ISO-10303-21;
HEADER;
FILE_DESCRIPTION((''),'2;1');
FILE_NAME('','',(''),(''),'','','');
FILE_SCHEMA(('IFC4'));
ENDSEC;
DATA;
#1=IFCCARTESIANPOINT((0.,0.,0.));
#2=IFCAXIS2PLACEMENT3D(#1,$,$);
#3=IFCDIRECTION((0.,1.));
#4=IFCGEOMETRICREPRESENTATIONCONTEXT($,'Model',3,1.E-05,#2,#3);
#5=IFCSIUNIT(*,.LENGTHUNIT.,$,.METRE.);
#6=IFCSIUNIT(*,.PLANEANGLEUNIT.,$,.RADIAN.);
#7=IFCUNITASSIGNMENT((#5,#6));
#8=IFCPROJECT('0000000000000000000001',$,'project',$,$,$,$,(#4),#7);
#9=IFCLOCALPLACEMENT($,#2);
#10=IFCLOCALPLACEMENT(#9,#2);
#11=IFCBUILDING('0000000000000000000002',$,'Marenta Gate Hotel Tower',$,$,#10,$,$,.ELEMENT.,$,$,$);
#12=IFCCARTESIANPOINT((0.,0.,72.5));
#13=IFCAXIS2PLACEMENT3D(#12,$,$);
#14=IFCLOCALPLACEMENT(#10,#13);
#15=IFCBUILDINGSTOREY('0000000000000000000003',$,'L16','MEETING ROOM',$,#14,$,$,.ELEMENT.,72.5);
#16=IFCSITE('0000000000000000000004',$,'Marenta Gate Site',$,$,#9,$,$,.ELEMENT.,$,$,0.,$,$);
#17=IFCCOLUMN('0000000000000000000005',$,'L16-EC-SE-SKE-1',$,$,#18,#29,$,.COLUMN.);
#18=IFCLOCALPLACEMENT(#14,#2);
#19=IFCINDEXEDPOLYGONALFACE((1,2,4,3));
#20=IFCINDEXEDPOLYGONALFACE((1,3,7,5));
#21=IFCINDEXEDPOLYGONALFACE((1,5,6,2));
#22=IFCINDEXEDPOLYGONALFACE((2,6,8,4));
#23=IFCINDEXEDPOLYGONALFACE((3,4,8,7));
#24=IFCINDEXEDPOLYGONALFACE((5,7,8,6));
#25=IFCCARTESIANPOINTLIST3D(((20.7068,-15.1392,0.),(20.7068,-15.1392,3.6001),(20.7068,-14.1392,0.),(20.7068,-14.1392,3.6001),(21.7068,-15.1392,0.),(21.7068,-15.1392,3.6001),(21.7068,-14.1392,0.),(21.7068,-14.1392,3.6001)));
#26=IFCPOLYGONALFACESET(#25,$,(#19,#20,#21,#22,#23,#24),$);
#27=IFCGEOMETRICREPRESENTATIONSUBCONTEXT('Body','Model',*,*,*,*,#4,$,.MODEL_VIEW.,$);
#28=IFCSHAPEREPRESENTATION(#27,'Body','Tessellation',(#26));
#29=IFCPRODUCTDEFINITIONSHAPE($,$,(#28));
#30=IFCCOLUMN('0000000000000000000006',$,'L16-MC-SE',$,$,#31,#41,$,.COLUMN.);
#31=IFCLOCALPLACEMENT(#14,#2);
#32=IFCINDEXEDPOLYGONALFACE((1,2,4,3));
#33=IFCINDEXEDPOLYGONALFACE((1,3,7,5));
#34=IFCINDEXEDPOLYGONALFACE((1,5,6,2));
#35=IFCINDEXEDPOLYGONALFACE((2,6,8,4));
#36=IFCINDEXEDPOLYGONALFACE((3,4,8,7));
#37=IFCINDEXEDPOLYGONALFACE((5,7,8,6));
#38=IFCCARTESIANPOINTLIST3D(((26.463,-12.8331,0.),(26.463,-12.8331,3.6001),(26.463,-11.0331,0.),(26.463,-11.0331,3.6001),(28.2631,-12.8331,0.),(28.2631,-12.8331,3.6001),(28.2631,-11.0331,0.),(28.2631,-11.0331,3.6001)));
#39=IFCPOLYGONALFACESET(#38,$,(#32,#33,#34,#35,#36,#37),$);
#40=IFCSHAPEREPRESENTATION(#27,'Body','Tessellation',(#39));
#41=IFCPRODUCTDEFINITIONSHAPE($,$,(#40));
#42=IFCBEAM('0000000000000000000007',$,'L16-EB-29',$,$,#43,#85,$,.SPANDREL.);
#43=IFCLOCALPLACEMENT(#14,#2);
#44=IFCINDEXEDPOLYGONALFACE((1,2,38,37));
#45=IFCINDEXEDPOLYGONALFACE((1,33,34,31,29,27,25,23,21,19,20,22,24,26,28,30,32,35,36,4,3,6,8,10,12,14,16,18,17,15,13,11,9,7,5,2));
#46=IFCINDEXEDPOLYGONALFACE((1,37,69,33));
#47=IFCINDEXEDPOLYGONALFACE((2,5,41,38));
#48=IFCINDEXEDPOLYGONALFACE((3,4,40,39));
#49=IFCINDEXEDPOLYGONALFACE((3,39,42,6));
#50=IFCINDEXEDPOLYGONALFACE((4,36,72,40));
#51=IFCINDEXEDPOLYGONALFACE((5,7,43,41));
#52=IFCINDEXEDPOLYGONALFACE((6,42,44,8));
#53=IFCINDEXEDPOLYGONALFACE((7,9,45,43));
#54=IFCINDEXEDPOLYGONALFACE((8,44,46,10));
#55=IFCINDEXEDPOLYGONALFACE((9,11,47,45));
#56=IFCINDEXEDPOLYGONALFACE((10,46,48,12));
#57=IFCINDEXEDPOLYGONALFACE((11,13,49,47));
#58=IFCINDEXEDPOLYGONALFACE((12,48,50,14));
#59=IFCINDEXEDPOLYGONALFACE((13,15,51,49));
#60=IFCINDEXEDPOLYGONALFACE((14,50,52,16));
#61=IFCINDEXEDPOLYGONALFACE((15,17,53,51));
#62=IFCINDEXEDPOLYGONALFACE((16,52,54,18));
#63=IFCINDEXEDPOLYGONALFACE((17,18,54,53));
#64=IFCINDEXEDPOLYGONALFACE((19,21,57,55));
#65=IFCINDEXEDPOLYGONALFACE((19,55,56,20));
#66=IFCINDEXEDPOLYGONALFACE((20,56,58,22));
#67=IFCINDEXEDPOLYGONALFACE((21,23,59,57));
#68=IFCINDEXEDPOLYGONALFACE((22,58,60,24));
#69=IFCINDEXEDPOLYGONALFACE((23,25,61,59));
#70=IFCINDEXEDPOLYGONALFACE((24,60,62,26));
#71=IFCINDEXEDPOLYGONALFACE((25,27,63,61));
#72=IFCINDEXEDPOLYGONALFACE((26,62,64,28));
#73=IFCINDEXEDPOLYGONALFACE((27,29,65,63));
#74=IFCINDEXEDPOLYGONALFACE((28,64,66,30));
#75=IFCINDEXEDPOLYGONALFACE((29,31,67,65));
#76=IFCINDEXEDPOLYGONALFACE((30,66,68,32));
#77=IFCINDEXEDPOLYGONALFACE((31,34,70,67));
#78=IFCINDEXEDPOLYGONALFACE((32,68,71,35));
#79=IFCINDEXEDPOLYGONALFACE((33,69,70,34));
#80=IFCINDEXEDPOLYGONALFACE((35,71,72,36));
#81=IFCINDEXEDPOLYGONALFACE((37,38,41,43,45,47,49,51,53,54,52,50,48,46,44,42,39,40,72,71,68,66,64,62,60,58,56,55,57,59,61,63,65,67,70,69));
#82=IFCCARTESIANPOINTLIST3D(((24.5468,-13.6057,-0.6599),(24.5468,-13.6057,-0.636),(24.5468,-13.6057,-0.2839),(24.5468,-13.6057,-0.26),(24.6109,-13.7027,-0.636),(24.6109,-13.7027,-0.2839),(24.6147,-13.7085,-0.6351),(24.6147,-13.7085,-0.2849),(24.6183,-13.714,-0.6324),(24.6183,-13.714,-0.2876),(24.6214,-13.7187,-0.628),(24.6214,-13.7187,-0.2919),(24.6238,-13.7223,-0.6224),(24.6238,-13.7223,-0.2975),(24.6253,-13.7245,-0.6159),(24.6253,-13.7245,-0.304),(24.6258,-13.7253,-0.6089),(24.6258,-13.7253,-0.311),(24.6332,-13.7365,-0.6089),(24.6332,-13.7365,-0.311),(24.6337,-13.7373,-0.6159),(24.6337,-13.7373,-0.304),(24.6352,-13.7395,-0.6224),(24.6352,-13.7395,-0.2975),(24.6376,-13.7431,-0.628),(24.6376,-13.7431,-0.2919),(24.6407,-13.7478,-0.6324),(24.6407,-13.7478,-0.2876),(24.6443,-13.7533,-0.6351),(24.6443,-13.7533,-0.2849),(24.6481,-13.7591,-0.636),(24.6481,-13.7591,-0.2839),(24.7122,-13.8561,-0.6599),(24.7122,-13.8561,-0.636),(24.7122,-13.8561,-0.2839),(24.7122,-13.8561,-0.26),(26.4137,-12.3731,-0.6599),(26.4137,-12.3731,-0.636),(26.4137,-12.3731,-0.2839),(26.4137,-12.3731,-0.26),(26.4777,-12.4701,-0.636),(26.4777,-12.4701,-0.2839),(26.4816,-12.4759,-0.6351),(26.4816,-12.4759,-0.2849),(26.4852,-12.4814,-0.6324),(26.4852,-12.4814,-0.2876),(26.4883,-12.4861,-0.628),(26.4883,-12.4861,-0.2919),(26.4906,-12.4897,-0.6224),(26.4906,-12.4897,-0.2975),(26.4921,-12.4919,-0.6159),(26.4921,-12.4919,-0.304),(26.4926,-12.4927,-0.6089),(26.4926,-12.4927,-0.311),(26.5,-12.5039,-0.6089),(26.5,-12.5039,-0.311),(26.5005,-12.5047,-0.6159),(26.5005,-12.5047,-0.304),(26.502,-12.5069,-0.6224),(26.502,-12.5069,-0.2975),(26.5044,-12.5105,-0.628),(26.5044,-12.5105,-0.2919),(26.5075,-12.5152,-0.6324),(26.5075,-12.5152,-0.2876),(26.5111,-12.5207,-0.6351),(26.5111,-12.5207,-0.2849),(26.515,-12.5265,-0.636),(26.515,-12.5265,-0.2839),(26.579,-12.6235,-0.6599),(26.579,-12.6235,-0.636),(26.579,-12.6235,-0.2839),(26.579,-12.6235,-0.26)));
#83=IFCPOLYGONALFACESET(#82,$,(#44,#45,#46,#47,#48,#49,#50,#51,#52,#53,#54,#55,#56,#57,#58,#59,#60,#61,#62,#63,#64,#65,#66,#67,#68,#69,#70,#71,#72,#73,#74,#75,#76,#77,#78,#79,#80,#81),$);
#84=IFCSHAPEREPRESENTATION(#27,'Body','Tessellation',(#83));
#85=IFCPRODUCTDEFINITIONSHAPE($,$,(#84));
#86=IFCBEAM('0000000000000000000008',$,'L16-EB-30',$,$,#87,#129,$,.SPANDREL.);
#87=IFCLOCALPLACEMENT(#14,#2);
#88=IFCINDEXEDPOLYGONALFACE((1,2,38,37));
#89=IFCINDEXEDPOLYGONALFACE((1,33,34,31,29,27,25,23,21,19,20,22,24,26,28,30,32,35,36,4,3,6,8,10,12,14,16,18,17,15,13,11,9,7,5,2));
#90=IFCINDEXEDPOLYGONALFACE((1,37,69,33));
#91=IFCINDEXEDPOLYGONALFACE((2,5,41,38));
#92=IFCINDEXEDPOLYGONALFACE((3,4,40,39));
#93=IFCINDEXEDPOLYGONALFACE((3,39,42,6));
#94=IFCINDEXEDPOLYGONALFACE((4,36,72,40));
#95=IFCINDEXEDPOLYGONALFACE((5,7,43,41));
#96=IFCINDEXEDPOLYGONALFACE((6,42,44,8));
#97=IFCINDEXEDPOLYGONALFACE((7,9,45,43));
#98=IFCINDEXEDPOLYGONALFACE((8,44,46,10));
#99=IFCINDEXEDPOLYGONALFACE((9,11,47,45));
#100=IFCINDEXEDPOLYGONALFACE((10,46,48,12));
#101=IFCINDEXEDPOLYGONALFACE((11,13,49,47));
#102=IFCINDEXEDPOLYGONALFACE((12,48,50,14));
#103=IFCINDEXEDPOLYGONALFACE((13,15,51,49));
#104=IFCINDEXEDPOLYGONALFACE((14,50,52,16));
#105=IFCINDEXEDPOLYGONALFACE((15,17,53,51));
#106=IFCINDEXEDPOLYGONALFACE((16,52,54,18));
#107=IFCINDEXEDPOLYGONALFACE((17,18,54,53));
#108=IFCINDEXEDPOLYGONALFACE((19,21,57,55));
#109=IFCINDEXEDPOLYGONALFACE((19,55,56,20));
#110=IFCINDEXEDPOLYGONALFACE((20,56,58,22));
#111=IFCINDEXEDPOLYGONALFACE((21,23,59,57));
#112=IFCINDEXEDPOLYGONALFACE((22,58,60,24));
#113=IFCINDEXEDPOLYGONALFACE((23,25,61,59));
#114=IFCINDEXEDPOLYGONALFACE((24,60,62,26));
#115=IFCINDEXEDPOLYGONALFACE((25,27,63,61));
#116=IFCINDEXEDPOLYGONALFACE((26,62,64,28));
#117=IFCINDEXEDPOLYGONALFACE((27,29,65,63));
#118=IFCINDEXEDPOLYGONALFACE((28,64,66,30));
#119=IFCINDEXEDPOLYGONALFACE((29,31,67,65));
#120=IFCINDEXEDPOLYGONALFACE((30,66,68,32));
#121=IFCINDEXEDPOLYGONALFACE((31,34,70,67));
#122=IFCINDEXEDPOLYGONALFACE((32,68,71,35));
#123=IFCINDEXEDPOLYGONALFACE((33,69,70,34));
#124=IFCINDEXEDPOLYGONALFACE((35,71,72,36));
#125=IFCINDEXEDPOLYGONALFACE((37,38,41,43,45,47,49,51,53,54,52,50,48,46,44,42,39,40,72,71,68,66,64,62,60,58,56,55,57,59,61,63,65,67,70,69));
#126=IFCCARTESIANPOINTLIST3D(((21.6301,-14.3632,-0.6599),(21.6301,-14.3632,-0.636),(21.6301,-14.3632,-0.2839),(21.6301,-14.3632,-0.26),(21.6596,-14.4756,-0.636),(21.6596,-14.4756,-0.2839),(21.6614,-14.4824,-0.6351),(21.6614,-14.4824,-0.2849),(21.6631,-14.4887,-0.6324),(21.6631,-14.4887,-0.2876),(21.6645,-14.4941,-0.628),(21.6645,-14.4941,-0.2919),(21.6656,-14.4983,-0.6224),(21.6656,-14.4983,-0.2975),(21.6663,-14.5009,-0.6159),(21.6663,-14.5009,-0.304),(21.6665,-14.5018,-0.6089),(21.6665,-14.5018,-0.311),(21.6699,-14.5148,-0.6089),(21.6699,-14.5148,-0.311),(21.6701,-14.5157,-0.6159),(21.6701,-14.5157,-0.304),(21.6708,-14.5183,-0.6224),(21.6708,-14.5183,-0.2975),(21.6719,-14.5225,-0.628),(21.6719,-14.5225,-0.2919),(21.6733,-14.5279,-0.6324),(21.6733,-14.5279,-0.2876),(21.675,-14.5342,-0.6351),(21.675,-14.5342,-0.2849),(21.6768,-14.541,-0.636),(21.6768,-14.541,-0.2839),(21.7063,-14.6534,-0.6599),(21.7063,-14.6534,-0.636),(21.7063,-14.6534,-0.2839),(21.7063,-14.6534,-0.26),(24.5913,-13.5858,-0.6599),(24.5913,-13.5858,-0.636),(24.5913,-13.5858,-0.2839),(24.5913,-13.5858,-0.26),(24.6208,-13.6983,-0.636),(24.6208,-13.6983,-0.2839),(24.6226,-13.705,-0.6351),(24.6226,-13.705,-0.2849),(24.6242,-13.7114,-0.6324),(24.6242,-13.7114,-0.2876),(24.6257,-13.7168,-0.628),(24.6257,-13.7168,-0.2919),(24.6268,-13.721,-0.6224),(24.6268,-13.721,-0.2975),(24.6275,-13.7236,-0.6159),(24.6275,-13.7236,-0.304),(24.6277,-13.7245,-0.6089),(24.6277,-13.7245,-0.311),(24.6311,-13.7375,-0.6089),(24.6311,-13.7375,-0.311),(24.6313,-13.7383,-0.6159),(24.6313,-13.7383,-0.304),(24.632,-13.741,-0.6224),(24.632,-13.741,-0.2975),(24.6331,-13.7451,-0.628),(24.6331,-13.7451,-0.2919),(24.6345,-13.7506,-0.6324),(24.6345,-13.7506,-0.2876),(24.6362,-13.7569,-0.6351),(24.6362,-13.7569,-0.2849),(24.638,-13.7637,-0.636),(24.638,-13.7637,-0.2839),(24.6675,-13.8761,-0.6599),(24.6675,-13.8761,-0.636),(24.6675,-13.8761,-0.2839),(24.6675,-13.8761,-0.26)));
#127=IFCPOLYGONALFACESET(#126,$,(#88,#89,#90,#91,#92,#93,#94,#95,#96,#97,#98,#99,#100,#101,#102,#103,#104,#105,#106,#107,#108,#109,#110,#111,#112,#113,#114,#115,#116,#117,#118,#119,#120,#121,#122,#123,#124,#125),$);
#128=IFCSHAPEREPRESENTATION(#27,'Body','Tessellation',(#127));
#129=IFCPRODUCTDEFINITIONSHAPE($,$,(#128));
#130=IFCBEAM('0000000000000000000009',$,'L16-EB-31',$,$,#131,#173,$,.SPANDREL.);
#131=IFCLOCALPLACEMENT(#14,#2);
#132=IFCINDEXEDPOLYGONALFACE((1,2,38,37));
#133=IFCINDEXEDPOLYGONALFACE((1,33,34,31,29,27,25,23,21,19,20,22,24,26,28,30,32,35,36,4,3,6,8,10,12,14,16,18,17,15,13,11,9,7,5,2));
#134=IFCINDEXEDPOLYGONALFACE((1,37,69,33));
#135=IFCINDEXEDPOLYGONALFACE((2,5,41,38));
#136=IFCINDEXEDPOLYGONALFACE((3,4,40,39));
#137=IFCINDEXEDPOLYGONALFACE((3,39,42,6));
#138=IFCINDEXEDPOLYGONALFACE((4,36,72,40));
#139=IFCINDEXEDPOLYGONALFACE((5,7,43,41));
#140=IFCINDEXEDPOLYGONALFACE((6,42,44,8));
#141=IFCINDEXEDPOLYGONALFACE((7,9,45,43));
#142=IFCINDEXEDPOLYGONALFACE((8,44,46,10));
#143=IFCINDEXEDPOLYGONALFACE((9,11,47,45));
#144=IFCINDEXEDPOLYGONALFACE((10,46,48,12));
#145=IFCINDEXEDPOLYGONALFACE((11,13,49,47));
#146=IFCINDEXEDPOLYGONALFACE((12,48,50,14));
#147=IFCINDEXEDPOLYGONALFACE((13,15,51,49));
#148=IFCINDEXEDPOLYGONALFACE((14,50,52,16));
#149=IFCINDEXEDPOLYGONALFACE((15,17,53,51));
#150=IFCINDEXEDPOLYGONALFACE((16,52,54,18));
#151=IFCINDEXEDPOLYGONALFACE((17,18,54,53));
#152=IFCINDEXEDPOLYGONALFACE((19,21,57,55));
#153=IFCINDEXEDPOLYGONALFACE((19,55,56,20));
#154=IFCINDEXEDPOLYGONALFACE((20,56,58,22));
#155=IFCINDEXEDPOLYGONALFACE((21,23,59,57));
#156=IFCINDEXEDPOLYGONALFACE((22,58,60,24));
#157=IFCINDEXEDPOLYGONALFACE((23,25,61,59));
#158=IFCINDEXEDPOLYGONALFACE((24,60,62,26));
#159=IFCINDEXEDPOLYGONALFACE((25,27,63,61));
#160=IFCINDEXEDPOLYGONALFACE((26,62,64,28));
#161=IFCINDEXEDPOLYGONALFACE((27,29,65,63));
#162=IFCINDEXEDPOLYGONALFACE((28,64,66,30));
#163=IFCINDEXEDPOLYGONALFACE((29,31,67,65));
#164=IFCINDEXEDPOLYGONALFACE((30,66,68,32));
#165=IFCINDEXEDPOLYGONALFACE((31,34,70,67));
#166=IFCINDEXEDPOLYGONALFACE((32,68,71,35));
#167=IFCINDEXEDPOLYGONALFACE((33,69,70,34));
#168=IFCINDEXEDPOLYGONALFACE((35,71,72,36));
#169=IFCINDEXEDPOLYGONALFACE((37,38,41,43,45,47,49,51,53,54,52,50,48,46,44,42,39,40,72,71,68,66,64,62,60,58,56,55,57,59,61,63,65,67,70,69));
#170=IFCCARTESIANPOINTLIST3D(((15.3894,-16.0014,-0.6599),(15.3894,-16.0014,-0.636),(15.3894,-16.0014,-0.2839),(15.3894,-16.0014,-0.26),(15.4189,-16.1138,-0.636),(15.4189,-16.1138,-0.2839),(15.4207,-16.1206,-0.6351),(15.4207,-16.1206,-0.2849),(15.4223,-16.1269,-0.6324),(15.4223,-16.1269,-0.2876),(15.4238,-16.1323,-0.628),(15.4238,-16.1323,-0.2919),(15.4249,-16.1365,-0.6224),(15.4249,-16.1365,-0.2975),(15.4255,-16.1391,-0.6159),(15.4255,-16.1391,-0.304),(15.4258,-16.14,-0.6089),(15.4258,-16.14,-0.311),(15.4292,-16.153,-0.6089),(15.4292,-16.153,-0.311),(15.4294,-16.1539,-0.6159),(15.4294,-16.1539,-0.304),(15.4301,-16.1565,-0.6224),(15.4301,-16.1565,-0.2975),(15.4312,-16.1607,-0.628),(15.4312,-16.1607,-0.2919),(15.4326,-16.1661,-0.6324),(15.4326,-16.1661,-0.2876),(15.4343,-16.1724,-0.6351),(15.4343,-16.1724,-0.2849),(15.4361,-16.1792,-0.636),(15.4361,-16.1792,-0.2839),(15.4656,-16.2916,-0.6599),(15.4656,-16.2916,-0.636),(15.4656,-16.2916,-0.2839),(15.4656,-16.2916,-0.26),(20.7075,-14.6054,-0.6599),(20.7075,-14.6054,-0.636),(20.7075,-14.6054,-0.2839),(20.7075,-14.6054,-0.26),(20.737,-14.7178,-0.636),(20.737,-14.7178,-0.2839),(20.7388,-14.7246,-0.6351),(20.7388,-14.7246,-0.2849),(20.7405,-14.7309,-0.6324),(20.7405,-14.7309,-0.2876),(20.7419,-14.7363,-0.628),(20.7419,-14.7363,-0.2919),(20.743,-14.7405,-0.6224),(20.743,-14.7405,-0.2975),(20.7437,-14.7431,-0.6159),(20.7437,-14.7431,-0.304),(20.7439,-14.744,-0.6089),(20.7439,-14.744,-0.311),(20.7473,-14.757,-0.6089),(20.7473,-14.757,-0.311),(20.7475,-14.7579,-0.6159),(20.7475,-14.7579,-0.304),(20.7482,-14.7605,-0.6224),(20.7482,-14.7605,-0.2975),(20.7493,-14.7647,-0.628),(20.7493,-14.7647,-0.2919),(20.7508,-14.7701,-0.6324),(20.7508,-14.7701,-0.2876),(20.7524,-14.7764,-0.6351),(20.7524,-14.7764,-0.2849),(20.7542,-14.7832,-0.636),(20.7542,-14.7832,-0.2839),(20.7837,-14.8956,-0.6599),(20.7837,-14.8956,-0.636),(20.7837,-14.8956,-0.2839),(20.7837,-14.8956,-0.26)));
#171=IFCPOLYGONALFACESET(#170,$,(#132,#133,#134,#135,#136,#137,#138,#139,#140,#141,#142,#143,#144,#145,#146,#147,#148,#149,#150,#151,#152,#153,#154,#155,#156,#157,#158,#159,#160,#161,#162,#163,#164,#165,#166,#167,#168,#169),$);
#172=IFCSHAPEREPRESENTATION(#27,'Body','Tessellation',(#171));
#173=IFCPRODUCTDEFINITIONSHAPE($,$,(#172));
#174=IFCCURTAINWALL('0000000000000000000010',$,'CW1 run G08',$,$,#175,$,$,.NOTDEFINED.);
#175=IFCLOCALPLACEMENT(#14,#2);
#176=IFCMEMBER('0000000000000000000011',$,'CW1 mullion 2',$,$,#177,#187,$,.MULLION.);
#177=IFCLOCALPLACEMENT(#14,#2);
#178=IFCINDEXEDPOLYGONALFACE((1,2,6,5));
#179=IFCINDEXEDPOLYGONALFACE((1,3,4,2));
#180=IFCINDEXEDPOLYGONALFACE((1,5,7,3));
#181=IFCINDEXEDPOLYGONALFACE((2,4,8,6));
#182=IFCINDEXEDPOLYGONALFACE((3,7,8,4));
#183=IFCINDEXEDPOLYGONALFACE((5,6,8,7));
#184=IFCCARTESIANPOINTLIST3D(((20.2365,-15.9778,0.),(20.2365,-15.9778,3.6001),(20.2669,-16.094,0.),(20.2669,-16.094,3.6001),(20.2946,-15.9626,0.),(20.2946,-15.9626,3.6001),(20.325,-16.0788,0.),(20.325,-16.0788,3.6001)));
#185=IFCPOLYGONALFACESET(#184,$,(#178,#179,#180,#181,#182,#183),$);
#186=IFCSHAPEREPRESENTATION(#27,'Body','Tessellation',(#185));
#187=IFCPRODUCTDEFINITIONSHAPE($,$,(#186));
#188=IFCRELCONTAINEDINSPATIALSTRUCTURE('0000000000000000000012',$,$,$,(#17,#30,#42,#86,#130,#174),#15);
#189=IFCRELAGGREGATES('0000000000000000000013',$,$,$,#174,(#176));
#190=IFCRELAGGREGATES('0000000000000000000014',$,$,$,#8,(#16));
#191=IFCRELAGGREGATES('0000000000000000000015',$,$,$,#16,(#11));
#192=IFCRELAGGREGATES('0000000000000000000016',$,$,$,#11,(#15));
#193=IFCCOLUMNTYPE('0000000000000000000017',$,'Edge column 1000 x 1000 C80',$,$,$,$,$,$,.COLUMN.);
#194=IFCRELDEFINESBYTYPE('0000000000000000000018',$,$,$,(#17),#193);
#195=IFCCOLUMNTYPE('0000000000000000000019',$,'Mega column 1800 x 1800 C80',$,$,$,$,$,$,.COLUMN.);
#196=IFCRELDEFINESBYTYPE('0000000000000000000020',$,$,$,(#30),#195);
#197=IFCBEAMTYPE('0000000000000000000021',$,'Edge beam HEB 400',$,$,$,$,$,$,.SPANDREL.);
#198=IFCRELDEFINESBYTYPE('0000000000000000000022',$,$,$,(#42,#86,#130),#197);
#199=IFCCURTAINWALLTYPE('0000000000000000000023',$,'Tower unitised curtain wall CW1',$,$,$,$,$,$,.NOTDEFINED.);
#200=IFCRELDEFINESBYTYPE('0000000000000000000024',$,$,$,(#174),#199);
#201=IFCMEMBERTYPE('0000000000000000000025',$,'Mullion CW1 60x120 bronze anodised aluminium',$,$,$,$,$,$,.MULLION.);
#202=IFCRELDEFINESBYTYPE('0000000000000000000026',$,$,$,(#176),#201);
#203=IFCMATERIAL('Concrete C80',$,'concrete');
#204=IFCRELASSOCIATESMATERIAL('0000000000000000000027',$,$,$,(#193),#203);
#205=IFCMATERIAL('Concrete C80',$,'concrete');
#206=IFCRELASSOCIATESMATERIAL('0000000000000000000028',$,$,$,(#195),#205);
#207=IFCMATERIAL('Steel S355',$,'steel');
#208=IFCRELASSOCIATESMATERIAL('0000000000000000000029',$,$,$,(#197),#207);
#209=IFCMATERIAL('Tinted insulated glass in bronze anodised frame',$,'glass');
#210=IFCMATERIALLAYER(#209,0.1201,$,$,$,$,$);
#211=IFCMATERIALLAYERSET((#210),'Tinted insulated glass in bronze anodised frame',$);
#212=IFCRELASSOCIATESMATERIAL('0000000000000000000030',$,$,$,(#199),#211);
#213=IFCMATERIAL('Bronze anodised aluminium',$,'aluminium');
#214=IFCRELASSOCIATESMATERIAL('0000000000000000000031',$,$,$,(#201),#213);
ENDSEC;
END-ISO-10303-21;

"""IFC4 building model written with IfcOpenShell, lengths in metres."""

from ifc_helpers import new_model, si_unit, direction, frame, origin, origin_2d, place, context, subcontext, project, spatial, rectangle, i_section, extrude, material, layer, layer_set, material_profile, profile_set, type_object, element, aggregate, save


model = new_model("IFC4")

# Units and contexts
model_context = context("Model", 3, precision=1e-05, world=origin(), true_north=direction((0.0, 1.0)))
body_context = subcontext(model_context, "Body", "Model", "MODEL_VIEW")
ifc_project = project(units=[si_unit("LENGTHUNIT", "METRE"), si_unit("PLANEANGLEUNIT", "RADIAN")], contexts=[model_context])

# Site, building, storey
site_placement = place(None, origin())
site = spatial("IfcSite", under=ifc_project, at=site_placement, Name="Marenta Gate Site", CompositionType="ELEMENT", RefElevation=0.0)
building_placement = place(site_placement, origin())
building = spatial("IfcBuilding", under=site, at=building_placement, Name="Marenta Gate Hotel Tower", CompositionType="ELEMENT")
storey_placement = place(building_placement, frame((0.0, 0.0, 72.5)))
storey = spatial("IfcBuildingStorey", under=building, at=storey_placement, Name="L16", Description="MEETING ROOM", CompositionType="ELEMENT", Elevation=72.5)

# Columns
ifc_material_1 = material(Name="Concrete C80", Category="concrete")
ifc_material_profile_1 = material_profile(ifc_material_1, rectangle(XDim=1.0, YDim=1.0, at=origin_2d()), Name="1000 x 1000")
ifc_profile_set_1 = profile_set([ifc_material_profile_1], Name="Concrete C80")
column_type_1 = type_object("IfcColumnType", Name="Edge column 1000 x 1000 C80", PredefinedType="COLUMN", material=ifc_profile_set_1)
column_1_placement = place(storey_placement, frame((21.2068, -14.6392, 0.0), z_axis=(0.0, 0.0, 1.0), x_axis=(1.0, 0.0, 0.0)))
element("IfcColumn", 1, at=column_1_placement, inside=storey, type_object=column_type_1, Name="L16-EC-SE-SKE-1", PredefinedType="COLUMN", context=body_context, shape_type="SweptSolid", body=[
    extrude(rectangle(XDim=1.0, YDim=1.0, at=origin_2d()), origin(), (0.0, 0.0, 1.0), 3.6001),
])
ifc_material_2 = material(Name="Concrete C80", Category="concrete")
ifc_material_profile_2 = material_profile(ifc_material_2, rectangle(XDim=1.8, YDim=1.8, at=origin_2d()), Name="1800 x 1800")
ifc_profile_set_2 = profile_set([ifc_material_profile_2], Name="Concrete C80")
column_type_2 = type_object("IfcColumnType", Name="Mega column 1800 x 1800 C80", PredefinedType="COLUMN", material=ifc_profile_set_2)
column_2_placement = place(storey_placement, frame((27.363, -11.9331, 0.0), z_axis=(0.0, 0.0, 1.0), x_axis=(1.0, 0.0, 0.0)))
element("IfcColumn", 2, at=column_2_placement, inside=storey, type_object=column_type_2, Name="L16-MC-SE", PredefinedType="COLUMN", context=body_context, shape_type="SweptSolid", body=[
    extrude(rectangle(XDim=1.8, YDim=1.8, at=origin_2d()), origin(), (0.0, 0.0, 1.0), 3.6001),
])

# Beams
ifc_material_3 = material(Name="Steel S355", Category="steel")
ifc_material_profile_3 = material_profile(ifc_material_3, i_section(OverallWidth=0.3, OverallDepth=0.3999, WebThickness=0.0134, FlangeThickness=0.0239, FilletRadius=0.0271, at=origin_2d()), Name="HEB 400")
ifc_profile_set_3 = profile_set([ifc_material_profile_3], Name="Steel S355")
beam_type = type_object("IfcBeamType", Name="Edge beam HEB 400", PredefinedType="SPANDREL", material=ifc_profile_set_3)
beam_1_placement = place(storey_placement, frame((26.4963, -12.4983, -0.46), z_axis=(-0.83451, -0.550993, 0.0), x_axis=(0.550993, -0.83451, 0.0)))
element("IfcBeam", 3, at=beam_1_placement, inside=storey, type_object=beam_type, Name="L16-EB-29", PredefinedType="SPANDREL", context=body_context, shape_type="SweptSolid", body=[
    extrude(i_section(OverallWidth=0.3, OverallDepth=0.3999, WebThickness=0.0134, FlangeThickness=0.0239, FilletRadius=0.0271, at=origin_2d()), origin(), (0.0, 0.0, 1.0), 2.2371),
])
beam_2_placement = place(storey_placement, frame((24.6294, -13.731, -0.46), z_axis=(-0.967228, -0.253908, 0.0), x_axis=(0.253908, -0.967228, 0.0)))
element("IfcBeam", 4, at=beam_2_placement, inside=storey, type_object=beam_type, Name="L16-EB-30", PredefinedType="SPANDREL", context=body_context, shape_type="SweptSolid", body=[
    extrude(i_section(OverallWidth=0.3, OverallDepth=0.3999, WebThickness=0.0134, FlangeThickness=0.0239, FilletRadius=0.0271, at=origin_2d()), origin(), (0.0, 0.0, 1.0), 3.0615),
])
beam_3_placement = place(storey_placement, frame((20.7456, -14.7505, -0.46), z_axis=(-0.967231, -0.253897, 0.0), x_axis=(0.253897, -0.967231, 0.0)))
element("IfcBeam", 5, at=beam_3_placement, inside=storey, type_object=beam_type, Name="L16-EB-31", PredefinedType="SPANDREL", context=body_context, shape_type="SweptSolid", body=[
    extrude(i_section(OverallWidth=0.3, OverallDepth=0.3999, WebThickness=0.0134, FlangeThickness=0.0239, FilletRadius=0.0271, at=origin_2d()), origin(), (0.0, 0.0, 1.0), 5.4983),
])

# Curtain wall, member
ifc_material_4 = material(Name="Tinted insulated glass in bronze anodised frame", Category="glass")
ifc_layer_1 = layer(ifc_material_4, 0.1201)
ifc_layer_set_1 = layer_set([ifc_layer_1], Name="Tinted insulated glass in bronze anodised frame")
curtain_wall_type = type_object("IfcCurtainWallType", Name="Tower unitised curtain wall CW1", PredefinedType="NOTDEFINED", material=ifc_layer_set_1)
curtain_wall_1_placement = place(storey_placement, origin())
curtain_wall_1 = element("IfcCurtainWall", 6, at=curtain_wall_1_placement, inside=storey, type_object=curtain_wall_type, Name="CW1 run G08", PredefinedType="NOTDEFINED")
ifc_material_5 = material(Name="Bronze anodised aluminium", Category="aluminium")
ifc_material_profile_4 = material_profile(ifc_material_5, rectangle(XDim=0.1201, YDim=0.0601, at=origin_2d()), Name="Mullion CW1 60x120 bronze anodised aluminium")
ifc_profile_set_4 = profile_set([ifc_material_profile_4], Name="Bronze anodised aluminium")
member_type_1 = type_object("IfcMemberType", Name="Mullion CW1 60x120 bronze anodised aluminium", PredefinedType="MULLION", material=ifc_profile_set_4)
member_1_placement = place(storey_placement, frame((20.2808, -16.0283, 0.0), z_axis=(0.0, 0.0, 1.0), x_axis=(-0.253372, 0.967369, 0.0)))
member_1 = element("IfcMember", 7, at=member_1_placement, type_object=member_type_1, Name="CW1 mullion 2", PredefinedType="MULLION", context=body_context, shape_type="SweptSolid", body=[
    extrude(rectangle(XDim=0.1201, YDim=0.0601, at=origin_2d()), origin(), (0.0, 0.0, 1.0), 3.6001),
])

aggregate(curtain_wall_1, [member_1])

save(model, "model.ifc")
